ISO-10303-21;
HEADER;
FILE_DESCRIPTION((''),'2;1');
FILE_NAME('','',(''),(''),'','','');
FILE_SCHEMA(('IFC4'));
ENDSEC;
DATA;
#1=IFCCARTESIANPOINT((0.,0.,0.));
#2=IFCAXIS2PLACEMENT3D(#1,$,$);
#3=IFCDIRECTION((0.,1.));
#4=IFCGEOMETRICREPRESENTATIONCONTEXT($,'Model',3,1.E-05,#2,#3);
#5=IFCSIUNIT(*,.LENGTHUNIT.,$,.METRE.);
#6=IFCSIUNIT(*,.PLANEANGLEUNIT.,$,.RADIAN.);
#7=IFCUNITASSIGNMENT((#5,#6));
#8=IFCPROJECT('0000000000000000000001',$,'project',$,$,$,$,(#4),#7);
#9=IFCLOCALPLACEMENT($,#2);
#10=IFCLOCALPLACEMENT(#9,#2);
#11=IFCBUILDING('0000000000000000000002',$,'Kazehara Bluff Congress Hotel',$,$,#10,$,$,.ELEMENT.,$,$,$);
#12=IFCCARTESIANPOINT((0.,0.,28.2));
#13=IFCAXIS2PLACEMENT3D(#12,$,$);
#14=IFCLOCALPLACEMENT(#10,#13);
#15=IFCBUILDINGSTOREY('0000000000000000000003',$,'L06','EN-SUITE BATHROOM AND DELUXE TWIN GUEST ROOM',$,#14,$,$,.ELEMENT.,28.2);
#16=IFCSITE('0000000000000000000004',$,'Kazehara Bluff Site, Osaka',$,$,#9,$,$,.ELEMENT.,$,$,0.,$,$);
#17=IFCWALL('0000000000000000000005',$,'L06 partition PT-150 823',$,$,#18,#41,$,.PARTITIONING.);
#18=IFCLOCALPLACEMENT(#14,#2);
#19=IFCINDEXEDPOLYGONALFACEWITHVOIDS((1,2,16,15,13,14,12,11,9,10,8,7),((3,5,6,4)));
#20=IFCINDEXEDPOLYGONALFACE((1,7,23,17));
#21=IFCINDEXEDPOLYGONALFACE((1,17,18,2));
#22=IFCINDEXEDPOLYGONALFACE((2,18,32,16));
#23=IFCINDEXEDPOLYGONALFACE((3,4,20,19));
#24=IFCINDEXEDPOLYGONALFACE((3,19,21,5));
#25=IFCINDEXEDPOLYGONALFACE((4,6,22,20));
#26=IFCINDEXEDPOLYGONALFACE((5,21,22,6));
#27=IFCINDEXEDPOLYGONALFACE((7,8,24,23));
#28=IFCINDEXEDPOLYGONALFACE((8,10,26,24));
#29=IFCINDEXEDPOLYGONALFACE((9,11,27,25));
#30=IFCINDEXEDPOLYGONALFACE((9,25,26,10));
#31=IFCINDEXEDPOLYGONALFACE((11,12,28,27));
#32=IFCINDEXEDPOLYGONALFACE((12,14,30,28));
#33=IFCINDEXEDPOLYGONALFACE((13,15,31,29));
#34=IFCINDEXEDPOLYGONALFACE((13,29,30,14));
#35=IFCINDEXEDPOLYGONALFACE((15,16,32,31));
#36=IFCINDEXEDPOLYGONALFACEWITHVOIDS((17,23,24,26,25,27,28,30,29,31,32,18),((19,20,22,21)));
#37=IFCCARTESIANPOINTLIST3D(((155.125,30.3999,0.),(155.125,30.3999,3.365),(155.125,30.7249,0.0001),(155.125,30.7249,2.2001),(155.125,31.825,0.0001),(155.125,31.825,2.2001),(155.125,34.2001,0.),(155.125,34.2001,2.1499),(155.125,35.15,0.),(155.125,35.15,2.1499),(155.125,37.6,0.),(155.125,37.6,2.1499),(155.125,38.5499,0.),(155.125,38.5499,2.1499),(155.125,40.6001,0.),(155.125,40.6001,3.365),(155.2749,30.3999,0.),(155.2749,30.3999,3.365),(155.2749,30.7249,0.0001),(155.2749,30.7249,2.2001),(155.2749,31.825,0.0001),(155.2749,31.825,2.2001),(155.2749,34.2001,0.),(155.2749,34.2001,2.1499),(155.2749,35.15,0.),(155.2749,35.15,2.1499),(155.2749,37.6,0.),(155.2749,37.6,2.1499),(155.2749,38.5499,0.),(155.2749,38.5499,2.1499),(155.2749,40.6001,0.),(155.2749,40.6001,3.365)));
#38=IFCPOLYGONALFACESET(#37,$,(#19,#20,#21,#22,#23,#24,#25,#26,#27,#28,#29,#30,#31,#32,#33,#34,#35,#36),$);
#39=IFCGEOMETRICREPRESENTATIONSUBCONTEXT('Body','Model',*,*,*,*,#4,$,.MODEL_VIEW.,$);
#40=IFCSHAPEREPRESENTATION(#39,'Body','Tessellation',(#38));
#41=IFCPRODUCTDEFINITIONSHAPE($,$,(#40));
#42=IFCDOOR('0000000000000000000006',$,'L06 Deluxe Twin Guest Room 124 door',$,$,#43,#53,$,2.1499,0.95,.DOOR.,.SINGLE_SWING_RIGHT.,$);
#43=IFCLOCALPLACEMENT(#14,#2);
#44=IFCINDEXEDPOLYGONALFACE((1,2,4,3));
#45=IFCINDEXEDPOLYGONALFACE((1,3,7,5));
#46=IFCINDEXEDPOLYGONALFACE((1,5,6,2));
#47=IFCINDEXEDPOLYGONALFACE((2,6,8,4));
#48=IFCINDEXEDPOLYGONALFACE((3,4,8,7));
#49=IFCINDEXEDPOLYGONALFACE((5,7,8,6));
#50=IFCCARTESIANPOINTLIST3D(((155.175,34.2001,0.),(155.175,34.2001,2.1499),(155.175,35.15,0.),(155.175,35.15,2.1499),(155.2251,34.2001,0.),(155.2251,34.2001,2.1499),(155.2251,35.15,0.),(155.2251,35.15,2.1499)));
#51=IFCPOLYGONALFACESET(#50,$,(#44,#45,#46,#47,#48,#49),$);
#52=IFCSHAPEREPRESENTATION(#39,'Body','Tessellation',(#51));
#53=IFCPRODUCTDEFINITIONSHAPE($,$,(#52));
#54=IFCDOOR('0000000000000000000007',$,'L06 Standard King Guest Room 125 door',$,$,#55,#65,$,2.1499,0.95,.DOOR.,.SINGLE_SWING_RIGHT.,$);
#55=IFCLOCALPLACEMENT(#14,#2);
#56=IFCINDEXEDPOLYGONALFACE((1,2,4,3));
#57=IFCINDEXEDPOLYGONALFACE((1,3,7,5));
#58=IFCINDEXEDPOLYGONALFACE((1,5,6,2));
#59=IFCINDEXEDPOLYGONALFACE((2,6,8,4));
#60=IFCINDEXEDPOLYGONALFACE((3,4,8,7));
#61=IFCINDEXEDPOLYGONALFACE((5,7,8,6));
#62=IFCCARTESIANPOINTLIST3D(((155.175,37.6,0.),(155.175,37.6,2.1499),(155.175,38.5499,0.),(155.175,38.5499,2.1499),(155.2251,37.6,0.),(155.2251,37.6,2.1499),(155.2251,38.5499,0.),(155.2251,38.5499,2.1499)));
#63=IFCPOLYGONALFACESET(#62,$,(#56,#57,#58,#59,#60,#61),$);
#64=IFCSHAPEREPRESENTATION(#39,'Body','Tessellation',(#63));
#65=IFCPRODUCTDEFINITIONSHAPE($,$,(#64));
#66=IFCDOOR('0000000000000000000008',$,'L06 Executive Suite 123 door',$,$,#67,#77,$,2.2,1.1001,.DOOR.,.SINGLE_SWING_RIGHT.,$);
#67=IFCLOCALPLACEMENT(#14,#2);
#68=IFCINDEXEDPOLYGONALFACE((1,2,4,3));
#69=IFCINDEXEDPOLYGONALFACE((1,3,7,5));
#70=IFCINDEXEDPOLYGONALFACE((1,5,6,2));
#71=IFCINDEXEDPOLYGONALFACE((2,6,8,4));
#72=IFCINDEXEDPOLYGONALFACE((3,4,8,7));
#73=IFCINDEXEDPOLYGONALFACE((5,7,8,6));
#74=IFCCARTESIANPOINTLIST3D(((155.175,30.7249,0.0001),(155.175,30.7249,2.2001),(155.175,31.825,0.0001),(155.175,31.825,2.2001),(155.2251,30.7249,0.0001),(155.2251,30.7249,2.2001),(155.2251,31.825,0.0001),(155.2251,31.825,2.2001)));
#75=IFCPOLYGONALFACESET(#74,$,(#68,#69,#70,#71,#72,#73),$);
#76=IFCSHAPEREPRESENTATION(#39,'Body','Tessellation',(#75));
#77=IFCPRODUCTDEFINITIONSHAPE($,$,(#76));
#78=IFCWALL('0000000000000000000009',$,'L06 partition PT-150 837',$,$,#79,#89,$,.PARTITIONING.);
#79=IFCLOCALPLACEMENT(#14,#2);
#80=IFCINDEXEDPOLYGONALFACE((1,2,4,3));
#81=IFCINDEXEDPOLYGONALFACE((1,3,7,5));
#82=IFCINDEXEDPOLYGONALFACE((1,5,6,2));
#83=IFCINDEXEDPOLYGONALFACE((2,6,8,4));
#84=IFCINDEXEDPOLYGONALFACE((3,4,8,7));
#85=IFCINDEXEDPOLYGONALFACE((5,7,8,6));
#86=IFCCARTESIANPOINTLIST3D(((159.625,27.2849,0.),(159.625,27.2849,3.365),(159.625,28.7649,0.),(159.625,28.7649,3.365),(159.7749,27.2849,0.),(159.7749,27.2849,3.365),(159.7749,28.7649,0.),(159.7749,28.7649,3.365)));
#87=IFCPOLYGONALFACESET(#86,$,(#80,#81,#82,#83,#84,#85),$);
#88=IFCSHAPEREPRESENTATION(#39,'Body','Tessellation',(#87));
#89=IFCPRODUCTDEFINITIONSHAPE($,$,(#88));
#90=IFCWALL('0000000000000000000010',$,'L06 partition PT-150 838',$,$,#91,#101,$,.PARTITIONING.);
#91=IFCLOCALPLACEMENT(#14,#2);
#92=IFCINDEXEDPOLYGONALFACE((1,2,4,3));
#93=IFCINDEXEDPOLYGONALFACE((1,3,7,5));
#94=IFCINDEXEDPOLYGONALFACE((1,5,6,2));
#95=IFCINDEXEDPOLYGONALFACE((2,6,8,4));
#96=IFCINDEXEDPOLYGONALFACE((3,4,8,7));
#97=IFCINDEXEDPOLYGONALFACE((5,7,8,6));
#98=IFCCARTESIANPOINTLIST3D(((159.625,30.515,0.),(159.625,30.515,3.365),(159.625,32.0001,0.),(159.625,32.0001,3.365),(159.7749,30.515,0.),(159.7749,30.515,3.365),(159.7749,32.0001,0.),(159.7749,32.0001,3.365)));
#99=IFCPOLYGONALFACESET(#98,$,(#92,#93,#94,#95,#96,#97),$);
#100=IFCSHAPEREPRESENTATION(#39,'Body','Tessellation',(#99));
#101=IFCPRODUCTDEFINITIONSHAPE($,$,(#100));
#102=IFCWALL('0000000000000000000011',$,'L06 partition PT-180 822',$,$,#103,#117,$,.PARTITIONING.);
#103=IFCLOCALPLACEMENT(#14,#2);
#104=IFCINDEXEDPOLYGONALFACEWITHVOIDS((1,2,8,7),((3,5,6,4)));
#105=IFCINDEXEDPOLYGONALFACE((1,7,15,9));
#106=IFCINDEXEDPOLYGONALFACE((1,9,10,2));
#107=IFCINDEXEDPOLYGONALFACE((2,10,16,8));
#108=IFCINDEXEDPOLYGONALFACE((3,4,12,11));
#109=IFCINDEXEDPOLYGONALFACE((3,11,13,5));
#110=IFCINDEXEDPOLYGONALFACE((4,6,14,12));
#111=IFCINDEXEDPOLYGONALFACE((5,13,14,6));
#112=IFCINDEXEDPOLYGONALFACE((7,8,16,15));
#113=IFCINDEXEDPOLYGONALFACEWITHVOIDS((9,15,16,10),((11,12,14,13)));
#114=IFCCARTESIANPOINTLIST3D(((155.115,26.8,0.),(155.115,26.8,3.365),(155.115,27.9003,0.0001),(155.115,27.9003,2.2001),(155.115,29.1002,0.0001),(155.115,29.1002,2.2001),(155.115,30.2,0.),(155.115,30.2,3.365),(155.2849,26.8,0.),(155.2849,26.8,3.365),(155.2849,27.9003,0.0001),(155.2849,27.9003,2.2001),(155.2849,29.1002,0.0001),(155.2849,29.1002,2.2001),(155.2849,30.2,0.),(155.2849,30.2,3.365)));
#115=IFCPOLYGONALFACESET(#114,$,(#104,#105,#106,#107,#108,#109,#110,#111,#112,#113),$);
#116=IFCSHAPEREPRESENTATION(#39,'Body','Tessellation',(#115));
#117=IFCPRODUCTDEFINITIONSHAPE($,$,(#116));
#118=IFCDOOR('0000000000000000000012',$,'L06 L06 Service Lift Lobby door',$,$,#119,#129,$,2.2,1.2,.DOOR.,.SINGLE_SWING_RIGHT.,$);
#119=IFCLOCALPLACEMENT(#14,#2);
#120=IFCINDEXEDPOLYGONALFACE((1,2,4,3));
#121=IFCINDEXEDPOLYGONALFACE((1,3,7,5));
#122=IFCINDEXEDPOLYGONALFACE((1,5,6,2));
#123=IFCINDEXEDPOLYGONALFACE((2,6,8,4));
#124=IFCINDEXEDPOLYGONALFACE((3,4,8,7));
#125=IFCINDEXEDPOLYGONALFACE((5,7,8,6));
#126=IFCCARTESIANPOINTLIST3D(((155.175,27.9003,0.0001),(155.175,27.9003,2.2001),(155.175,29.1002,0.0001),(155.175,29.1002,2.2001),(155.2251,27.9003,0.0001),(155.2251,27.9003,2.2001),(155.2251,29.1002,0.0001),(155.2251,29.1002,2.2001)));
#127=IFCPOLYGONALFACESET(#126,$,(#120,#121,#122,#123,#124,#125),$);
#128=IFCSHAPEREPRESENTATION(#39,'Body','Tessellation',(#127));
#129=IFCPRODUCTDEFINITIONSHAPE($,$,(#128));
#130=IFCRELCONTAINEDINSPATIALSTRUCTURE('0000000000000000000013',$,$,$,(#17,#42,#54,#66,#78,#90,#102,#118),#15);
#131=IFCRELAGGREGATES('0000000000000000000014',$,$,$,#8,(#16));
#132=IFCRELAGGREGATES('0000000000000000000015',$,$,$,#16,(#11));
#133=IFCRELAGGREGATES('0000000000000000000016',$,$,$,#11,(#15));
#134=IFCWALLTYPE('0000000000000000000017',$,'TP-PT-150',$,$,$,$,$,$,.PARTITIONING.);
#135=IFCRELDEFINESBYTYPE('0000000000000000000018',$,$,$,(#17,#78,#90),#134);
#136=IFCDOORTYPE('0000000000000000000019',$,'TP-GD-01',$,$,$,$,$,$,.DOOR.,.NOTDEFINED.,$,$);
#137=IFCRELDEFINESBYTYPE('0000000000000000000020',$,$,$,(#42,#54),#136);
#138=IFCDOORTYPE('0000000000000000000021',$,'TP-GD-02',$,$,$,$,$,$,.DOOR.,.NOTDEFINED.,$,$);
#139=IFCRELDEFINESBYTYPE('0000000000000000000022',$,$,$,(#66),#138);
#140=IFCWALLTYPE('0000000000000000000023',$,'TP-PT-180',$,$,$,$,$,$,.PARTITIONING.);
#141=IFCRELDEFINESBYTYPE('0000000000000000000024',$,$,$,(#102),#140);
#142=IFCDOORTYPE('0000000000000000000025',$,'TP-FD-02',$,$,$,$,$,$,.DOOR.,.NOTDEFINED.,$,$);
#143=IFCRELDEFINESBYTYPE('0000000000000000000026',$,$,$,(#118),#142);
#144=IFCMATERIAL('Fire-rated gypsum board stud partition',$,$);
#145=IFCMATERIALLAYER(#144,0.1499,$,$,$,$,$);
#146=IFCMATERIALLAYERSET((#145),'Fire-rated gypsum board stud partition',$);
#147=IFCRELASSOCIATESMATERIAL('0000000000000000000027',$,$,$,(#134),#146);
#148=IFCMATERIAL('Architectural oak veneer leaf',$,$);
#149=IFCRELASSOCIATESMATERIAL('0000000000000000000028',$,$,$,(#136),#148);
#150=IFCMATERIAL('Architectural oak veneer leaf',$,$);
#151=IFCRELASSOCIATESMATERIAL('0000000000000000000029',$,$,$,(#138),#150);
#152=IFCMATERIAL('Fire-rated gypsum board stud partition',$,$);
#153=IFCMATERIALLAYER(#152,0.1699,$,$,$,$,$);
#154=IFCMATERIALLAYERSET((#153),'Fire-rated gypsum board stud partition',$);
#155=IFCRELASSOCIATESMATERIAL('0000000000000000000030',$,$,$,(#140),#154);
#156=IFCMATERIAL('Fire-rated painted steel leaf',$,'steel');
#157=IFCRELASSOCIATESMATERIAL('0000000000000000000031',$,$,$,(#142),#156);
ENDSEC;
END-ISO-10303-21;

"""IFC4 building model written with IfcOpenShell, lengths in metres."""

from ifc_helpers import new_model, si_unit, direction, frame, frame_2d, origin, place, context, subcontext, project, spatial, rectangle, extrude, material, layer, layer_set, type_object, element, fill, save


model = new_model("IFC4")

# Units and contexts
model_context = context("Model", 3, precision=1e-05, world=origin(), true_north=direction((0.0, 1.0)))
body_context = subcontext(model_context, "Body", "Model", "MODEL_VIEW")
ifc_project = project(units=[si_unit("LENGTHUNIT", "METRE"), si_unit("PLANEANGLEUNIT", "RADIAN")], contexts=[model_context])

# Site, building, storey
site_placement = place(None, origin())
site = spatial("IfcSite", under=ifc_project, at=site_placement, Name="Kazehara Bluff Site, Osaka", CompositionType="ELEMENT", RefElevation=0.0)
building_placement = place(site_placement, origin())
building = spatial("IfcBuilding", under=site, at=building_placement, Name="Kazehara Bluff Congress Hotel", CompositionType="ELEMENT")
storey_placement = place(building_placement, frame((0.0, 0.0, 28.2)))
storey = spatial("IfcBuildingStorey", under=building, at=storey_placement, Name="L06", Description="EN-SUITE BATHROOM AND DELUXE TWIN GUEST ROOM", CompositionType="ELEMENT", Elevation=28.2)

# Shared definitions
ifc_material_1 = material(Name="Fire-rated gypsum board stud partition")
ifc_layer_1 = layer(ifc_material_1, 0.1499)
ifc_layer_set_1 = layer_set([ifc_layer_1], Name="Fire-rated gypsum board stud partition")
wall_type_1 = type_object("IfcWallType", Name="TP-PT-150", PredefinedType="PARTITIONING", material=ifc_layer_set_1)

# Wall, openings, doors
wall_1_placement = place(storey_placement, frame((155.2, 30.3999, 0.0), z_axis=(0.0, 0.0, 1.0), x_axis=(0.0, 1.0, 0.0)))
wall_1 = element("IfcWall", 1, at=wall_1_placement, inside=storey, type_object=wall_type_1, Name="L06 partition PT-150 823", PredefinedType="PARTITIONING", context=body_context, shape_type="SweptSolid", body=[
    extrude(rectangle(XDim=10.2002, YDim=0.1499, at=frame_2d((5.1001, 0.0))), origin(), (0.0, 0.0, 1.0), 3.365),
])
opening_1_placement = place(wall_1_placement, frame((0.325, 0.0, 0.0)))
opening_1 = element("IfcOpeningElement", 2, at=opening_1_placement, cuts=wall_1, PredefinedType="OPENING", context=body_context, shape_type="SweptSolid", body=[
    extrude(rectangle(XDim=1.1001, YDim=2.2, at=frame_2d((0.55, 1.1001))), frame((0.0, 0.085, 0.0), z_axis=(0.0, -1.0, 0.0), x_axis=(1.0, 0.0, 0.0)), (0.0, 0.0, 1.0), 0.1699),
])
opening_2_placement = place(wall_1_placement, frame((3.8, 0.0, 0.0)))
opening_2 = element("IfcOpeningElement", 3, at=opening_2_placement, cuts=wall_1, PredefinedType="OPENING", context=body_context, shape_type="SweptSolid", body=[
    extrude(rectangle(XDim=0.95, YDim=2.1499, at=frame_2d((0.4751, 1.075))), frame((0.0, 0.085, 0.0), z_axis=(0.0, -1.0, 0.0), x_axis=(1.0, 0.0, 0.0)), (0.0, 0.0, 1.0), 0.1699),
])
opening_3_placement = place(wall_1_placement, frame((7.2, 0.0, 0.0)))
opening_3 = element("IfcOpeningElement", 4, at=opening_3_placement, cuts=wall_1, PredefinedType="OPENING", context=body_context, shape_type="SweptSolid", body=[
    extrude(rectangle(XDim=0.95, YDim=2.1499, at=frame_2d((0.4751, 1.075))), frame((0.0, 0.085, 0.0), z_axis=(0.0, -1.0, 0.0), x_axis=(1.0, 0.0, 0.0)), (0.0, 0.0, 1.0), 0.1699),
])
ifc_material_2 = material(Name="Architectural oak veneer leaf")
door_type_1 = type_object("IfcDoorType", Name="TP-GD-01", OperationType="NOTDEFINED", PredefinedType="DOOR", material=ifc_material_2)
door_1_placement = place(opening_2_placement, origin())
door_1 = element("IfcDoor", 5, at=door_1_placement, inside=storey, type_object=door_type_1, Name="L06 Deluxe Twin Guest Room 124 door", OperationType="SINGLE_SWING_RIGHT", OverallHeight=2.1499, OverallWidth=0.95, PredefinedType="DOOR", context=body_context, shape_type="SweptSolid", body=[
    extrude(rectangle(XDim=0.95, YDim=2.1499, at=frame_2d((0.4751, 1.075))), frame((0.0, 0.0249, 0.0), z_axis=(0.0, -1.0, 0.0), x_axis=(1.0, 0.0, 0.0)), (0.0, 0.0, 1.0), 0.05),
])
fill(opening_2, door_1)
door_2_placement = place(opening_3_placement, origin())
door_2 = element("IfcDoor", 6, at=door_2_placement, inside=storey, type_object=door_type_1, Name="L06 Standard King Guest Room 125 door", OperationType="SINGLE_SWING_RIGHT", OverallHeight=2.1499, OverallWidth=0.95, PredefinedType="DOOR", context=body_context, shape_type="SweptSolid", body=[
    extrude(rectangle(XDim=0.95, YDim=2.1499, at=frame_2d((0.4751, 1.075))), frame((0.0, 0.0249, 0.0), z_axis=(0.0, -1.0, 0.0), x_axis=(1.0, 0.0, 0.0)), (0.0, 0.0, 1.0), 0.05),
])
fill(opening_3, door_2)
ifc_material_3 = material(Name="Architectural oak veneer leaf")
door_type_2 = type_object("IfcDoorType", Name="TP-GD-02", OperationType="NOTDEFINED", PredefinedType="DOOR", material=ifc_material_3)
door_3_placement = place(opening_1_placement, origin())
door_3 = element("IfcDoor", 7, at=door_3_placement, inside=storey, type_object=door_type_2, Name="L06 Executive Suite 123 door", OperationType="SINGLE_SWING_RIGHT", OverallHeight=2.2, OverallWidth=1.1001, PredefinedType="DOOR", context=body_context, shape_type="SweptSolid", body=[
    extrude(rectangle(XDim=1.1001, YDim=2.2, at=frame_2d((0.55, 1.1001))), frame((0.0, 0.0249, 0.0), z_axis=(0.0, -1.0, 0.0), x_axis=(1.0, 0.0, 0.0)), (0.0, 0.0, 1.0), 0.05),
])
fill(opening_1, door_3)

# Walls
wall_2_placement = place(storey_placement, frame((159.7, 27.2849, 0.0), z_axis=(0.0, 0.0, 1.0), x_axis=(0.0, 1.0, 0.0)))
element("IfcWall", 8, at=wall_2_placement, inside=storey, type_object=wall_type_1, Name="L06 partition PT-150 837", PredefinedType="PARTITIONING", context=body_context, shape_type="SweptSolid", body=[
    extrude(rectangle(XDim=1.48, YDim=0.1499, at=frame_2d((0.74, 0.0))), origin(), (0.0, 0.0, 1.0), 3.365),
])
wall_3_placement = place(storey_placement, frame((159.7, 30.5149, 0.0), z_axis=(0.0, 0.0, 1.0), x_axis=(0.0, 1.0, 0.0)))
element("IfcWall", 9, at=wall_3_placement, inside=storey, type_object=wall_type_1, Name="L06 partition PT-150 838", PredefinedType="PARTITIONING", context=body_context, shape_type="SweptSolid", body=[
    extrude(rectangle(XDim=1.4851, YDim=0.1499, at=frame_2d((0.7427, 0.0))), origin(), (0.0, 0.0, 1.0), 3.365),
])

# Wall, opening, door
ifc_material_4 = material(Name="Fire-rated gypsum board stud partition")
ifc_layer_2 = layer(ifc_material_4, 0.1699)
ifc_layer_set_2 = layer_set([ifc_layer_2], Name="Fire-rated gypsum board stud partition")
wall_type_2 = type_object("IfcWallType", Name="TP-PT-180", PredefinedType="PARTITIONING", material=ifc_layer_set_2)
wall_4_placement = place(storey_placement, frame((155.2, 26.8, 0.0), z_axis=(0.0, 0.0, 1.0), x_axis=(0.0, 1.0, 0.0)))
wall_4 = element("IfcWall", 10, at=wall_4_placement, inside=storey, type_object=wall_type_2, Name="L06 partition PT-180 822", PredefinedType="PARTITIONING", context=body_context, shape_type="SweptSolid", body=[
    extrude(rectangle(XDim=3.3999, YDim=0.1699, at=frame_2d((1.7, 0.0))), origin(), (0.0, 0.0, 1.0), 3.365),
])
opening_4_placement = place(wall_4_placement, frame((1.1001, 0.0, 0.0)))
opening_4 = element("IfcOpeningElement", 11, at=opening_4_placement, cuts=wall_4, PredefinedType="OPENING", context=body_context, shape_type="SweptSolid", body=[
    extrude(rectangle(XDim=1.2, YDim=2.2, at=frame_2d((0.6001, 1.1001))), frame((0.0, 0.095, 0.0), z_axis=(0.0, -1.0, 0.0), x_axis=(1.0, 0.0, 0.0)), (0.0, 0.0, 1.0), 0.1899),
])
ifc_material_5 = material(Name="Fire-rated painted steel leaf", Category="steel")
door_type_3 = type_object("IfcDoorType", Name="TP-FD-02", OperationType="NOTDEFINED", PredefinedType="DOOR", material=ifc_material_5)
door_4_placement = place(opening_4_placement, origin())
door_4 = element("IfcDoor", 12, at=door_4_placement, inside=storey, type_object=door_type_3, Name="L06 L06 Service Lift Lobby door", OperationType="SINGLE_SWING_RIGHT", OverallHeight=2.2, OverallWidth=1.2, PredefinedType="DOOR", context=body_context, shape_type="SweptSolid", body=[
    extrude(rectangle(XDim=1.2, YDim=2.2, at=frame_2d((0.6001, 1.1001))), frame((0.0, 0.0249, 0.0), z_axis=(0.0, -1.0, 0.0), x_axis=(1.0, 0.0, 0.0)), (0.0, 0.0, 1.0), 0.05),
])
fill(opening_4, door_4)

save(model, "model.ifc")
